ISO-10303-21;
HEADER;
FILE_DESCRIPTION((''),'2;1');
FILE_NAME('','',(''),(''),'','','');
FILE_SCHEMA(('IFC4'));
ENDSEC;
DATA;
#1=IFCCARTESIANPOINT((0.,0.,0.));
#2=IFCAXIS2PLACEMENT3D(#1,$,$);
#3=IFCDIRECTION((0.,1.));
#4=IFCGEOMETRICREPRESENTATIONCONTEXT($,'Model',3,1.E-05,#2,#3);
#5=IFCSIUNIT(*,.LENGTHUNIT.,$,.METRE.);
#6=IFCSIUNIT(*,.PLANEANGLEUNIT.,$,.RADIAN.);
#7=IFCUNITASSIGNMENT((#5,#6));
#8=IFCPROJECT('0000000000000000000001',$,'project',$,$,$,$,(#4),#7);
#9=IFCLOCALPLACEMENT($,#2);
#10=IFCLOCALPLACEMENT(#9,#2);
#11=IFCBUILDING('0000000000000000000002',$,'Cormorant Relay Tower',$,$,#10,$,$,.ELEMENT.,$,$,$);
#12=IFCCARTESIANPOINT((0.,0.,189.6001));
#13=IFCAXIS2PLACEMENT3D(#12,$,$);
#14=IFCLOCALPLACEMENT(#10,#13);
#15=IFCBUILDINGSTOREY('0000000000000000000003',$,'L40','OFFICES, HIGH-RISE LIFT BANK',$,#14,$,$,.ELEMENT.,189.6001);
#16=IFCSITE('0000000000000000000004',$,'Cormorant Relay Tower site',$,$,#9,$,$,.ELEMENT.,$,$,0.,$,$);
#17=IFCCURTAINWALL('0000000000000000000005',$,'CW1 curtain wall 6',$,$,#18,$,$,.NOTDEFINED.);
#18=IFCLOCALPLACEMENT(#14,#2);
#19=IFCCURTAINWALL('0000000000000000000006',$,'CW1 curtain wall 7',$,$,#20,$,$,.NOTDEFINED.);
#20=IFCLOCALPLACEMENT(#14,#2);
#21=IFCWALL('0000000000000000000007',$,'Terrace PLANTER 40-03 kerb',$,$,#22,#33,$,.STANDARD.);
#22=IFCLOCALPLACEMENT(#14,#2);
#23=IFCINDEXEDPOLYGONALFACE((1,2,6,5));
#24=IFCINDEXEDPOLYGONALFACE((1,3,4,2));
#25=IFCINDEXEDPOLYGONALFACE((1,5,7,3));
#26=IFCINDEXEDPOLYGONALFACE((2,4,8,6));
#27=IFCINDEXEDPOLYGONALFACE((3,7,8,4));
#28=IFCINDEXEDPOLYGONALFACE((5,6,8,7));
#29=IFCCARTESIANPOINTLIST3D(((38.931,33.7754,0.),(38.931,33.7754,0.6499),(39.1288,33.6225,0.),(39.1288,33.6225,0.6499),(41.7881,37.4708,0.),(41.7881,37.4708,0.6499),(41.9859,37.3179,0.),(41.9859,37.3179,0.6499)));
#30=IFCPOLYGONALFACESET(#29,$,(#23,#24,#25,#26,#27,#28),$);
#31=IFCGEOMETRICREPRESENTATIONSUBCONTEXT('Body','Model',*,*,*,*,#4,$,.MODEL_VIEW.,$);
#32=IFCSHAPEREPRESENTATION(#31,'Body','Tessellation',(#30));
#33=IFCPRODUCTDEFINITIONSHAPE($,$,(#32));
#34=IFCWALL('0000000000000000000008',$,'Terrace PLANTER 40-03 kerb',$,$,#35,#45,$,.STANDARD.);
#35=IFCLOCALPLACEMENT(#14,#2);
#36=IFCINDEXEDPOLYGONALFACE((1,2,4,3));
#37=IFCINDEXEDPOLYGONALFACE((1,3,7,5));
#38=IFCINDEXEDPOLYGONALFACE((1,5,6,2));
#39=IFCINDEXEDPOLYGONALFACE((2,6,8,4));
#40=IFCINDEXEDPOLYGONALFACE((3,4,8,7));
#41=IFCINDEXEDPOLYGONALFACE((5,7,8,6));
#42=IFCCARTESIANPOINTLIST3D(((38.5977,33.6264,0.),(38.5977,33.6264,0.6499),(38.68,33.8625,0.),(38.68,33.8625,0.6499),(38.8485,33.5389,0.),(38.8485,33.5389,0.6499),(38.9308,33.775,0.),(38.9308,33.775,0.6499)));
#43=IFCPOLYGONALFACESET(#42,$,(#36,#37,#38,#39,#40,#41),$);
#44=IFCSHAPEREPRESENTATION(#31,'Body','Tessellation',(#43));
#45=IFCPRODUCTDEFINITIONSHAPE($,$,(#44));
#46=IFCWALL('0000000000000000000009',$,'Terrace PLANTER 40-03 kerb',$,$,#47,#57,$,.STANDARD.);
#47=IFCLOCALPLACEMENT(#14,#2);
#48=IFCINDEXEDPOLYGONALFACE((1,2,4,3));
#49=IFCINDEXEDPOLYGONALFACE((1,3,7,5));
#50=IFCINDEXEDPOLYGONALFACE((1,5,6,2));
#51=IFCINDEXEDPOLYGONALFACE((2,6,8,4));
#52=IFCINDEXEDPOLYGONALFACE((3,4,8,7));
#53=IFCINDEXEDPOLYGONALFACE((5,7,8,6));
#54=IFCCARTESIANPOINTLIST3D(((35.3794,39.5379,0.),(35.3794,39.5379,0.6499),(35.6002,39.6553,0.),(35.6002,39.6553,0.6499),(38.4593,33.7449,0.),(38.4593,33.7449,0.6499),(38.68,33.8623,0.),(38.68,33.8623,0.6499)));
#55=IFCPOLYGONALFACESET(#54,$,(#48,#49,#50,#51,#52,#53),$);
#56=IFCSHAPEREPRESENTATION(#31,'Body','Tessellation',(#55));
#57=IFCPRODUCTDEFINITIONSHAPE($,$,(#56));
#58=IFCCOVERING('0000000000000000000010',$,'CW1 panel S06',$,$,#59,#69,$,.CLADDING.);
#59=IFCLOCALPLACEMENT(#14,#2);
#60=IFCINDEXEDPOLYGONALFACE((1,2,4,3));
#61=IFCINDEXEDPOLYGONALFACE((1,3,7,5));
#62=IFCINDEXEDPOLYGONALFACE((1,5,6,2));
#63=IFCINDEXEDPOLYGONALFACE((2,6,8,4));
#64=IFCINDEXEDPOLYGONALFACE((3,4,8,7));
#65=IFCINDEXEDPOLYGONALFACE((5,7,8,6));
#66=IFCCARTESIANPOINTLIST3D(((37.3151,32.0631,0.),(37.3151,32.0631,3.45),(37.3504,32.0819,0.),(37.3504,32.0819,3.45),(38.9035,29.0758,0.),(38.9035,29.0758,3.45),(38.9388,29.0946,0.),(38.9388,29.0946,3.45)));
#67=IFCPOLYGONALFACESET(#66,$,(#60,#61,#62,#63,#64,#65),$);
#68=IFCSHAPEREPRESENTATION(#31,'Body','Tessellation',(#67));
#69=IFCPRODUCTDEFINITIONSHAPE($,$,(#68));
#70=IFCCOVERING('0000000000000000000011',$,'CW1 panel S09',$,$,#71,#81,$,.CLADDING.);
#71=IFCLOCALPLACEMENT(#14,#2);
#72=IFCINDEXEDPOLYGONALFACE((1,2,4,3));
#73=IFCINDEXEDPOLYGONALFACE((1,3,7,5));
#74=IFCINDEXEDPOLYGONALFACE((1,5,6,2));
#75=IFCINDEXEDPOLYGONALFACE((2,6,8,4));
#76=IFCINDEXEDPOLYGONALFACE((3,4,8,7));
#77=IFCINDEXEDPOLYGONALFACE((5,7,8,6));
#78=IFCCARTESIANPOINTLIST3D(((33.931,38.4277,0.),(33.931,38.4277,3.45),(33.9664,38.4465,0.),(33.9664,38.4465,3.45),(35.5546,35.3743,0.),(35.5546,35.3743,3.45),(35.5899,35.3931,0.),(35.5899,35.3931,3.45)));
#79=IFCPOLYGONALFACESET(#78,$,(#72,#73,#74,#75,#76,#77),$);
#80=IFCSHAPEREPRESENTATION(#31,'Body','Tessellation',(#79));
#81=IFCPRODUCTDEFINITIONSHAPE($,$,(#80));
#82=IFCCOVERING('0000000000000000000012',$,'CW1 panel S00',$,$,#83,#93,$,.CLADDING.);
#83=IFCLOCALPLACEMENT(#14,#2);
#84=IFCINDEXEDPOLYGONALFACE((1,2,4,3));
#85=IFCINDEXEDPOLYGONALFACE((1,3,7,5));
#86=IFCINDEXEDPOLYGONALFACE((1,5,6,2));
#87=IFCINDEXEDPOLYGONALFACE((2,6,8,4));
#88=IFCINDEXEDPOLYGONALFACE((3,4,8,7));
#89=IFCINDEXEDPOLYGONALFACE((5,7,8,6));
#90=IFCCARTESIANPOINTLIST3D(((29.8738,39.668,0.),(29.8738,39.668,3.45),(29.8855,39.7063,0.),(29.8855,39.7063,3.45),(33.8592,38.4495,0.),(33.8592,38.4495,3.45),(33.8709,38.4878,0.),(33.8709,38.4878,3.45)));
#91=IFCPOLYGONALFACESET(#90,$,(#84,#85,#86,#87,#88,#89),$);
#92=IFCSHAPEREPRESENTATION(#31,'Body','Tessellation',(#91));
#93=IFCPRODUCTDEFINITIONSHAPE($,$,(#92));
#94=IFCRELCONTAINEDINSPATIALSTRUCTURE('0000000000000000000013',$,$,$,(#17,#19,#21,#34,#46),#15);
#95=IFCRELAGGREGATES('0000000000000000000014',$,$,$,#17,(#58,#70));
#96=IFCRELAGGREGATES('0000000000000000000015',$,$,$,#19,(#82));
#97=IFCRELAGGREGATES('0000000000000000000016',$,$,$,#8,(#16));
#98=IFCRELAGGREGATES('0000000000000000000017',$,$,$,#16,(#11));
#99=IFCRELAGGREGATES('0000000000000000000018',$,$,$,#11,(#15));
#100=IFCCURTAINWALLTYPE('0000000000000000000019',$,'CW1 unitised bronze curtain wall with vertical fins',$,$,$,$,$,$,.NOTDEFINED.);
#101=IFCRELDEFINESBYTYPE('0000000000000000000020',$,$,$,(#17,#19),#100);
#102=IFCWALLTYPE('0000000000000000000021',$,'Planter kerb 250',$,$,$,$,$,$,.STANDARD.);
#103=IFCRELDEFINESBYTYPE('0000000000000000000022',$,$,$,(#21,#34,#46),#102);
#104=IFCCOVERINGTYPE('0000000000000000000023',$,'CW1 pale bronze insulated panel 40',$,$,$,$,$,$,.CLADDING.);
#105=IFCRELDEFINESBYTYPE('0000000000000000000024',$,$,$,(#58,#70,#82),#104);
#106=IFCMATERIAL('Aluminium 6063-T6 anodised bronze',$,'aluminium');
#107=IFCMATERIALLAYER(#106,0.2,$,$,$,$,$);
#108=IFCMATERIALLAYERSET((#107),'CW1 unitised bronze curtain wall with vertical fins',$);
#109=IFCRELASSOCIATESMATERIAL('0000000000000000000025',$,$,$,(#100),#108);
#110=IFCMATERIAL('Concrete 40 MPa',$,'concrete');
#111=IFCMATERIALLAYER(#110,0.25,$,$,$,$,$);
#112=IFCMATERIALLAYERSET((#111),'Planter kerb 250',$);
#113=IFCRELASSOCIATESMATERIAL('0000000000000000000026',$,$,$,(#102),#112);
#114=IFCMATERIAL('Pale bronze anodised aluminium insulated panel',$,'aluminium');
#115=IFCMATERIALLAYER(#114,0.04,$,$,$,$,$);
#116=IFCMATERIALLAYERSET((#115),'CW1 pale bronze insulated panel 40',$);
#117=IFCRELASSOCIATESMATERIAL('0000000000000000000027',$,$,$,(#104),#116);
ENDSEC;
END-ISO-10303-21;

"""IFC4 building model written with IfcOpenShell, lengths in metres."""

from ifc_helpers import new_model, si_unit, direction, frame, frame_2d, origin, origin_2d, place, context, subcontext, project, spatial, rectangle, extrude, material, layer, layer_set, type_object, element, aggregate, save


model = new_model("IFC4")

# Units and contexts
model_context = context("Model", 3, precision=1e-05, world=origin(), true_north=direction((0.0, 1.0)))
body_context = subcontext(model_context, "Body", "Model", "MODEL_VIEW")
ifc_project = project(units=[si_unit("LENGTHUNIT", "METRE"), si_unit("PLANEANGLEUNIT", "RADIAN")], contexts=[model_context])

# Site, building, storey
site_placement = place(None, origin())
site = spatial("IfcSite", under=ifc_project, at=site_placement, Name="Cormorant Relay Tower site", CompositionType="ELEMENT", RefElevation=0.0)
building_placement = place(site_placement, origin())
building = spatial("IfcBuilding", under=site, at=building_placement, Name="Cormorant Relay Tower", CompositionType="ELEMENT")
storey_placement = place(building_placement, frame((0.0, 0.0, 189.6001)))
storey = spatial("IfcBuildingStorey", under=building, at=storey_placement, Name="L40", Description="OFFICES, HIGH-RISE LIFT BANK", CompositionType="ELEMENT", Elevation=189.6001)

# Curtain walls
ifc_material_1 = material(Name="Aluminium 6063-T6 anodised bronze", Category="aluminium")
ifc_layer_1 = layer(ifc_material_1, 0.2)
ifc_layer_set_1 = layer_set([ifc_layer_1], Name="CW1 unitised bronze curtain wall with vertical fins")
curtain_wall_type = type_object("IfcCurtainWallType", Name="CW1 unitised bronze curtain wall with vertical fins", PredefinedType="NOTDEFINED", material=ifc_layer_set_1)
curtain_wall_1_placement = place(storey_placement, origin())
curtain_wall_1 = element("IfcCurtainWall", 1, at=curtain_wall_1_placement, inside=storey, type_object=curtain_wall_type, Name="CW1 curtain wall 6", PredefinedType="NOTDEFINED")
curtain_wall_2_placement = place(storey_placement, origin())
curtain_wall_2 = element("IfcCurtainWall", 2, at=curtain_wall_2_placement, inside=storey, type_object=curtain_wall_type, Name="CW1 curtain wall 7", PredefinedType="NOTDEFINED")

# Walls
ifc_material_2 = material(Name="Concrete 40 MPa", Category="concrete")
ifc_layer_2 = layer(ifc_material_2, 0.25)
ifc_layer_set_2 = layer_set([ifc_layer_2], Name="Planter kerb 250")
wall_type_1 = type_object("IfcWallType", Name="Planter kerb 250", PredefinedType="STANDARD", material=ifc_layer_set_2)
wall_1_placement = place(storey_placement, frame((41.887, 37.3943, 0.0), z_axis=(0.0, 0.0, 1.0), x_axis=(-0.611651, -0.791128, 0.0)))
element("IfcWall", 3, at=wall_1_placement, inside=storey, type_object=wall_type_1, Name="Terrace PLANTER 40-03 kerb", PredefinedType="STANDARD", context=body_context, shape_type="SweptSolid", body=[
    extrude(rectangle(XDim=4.6711, YDim=0.25, at=frame_2d((2.3354, 0.0))), origin(), (0.0, 0.0, 1.0), 0.6499),
])
wall_2_placement = place(storey_placement, frame((38.8896, 33.657, 0.0), z_axis=(0.0, 0.0, 1.0), x_axis=(-0.944273, 0.329162, 0.0)))
element("IfcWall", 4, at=wall_2_placement, inside=storey, type_object=wall_type_1, Name="Terrace PLANTER 40-03 kerb", PredefinedType="STANDARD", context=body_context, shape_type="SweptSolid", body=[
    extrude(rectangle(XDim=0.2656, YDim=0.25, at=frame_2d((0.1328, 0.0))), origin(), (0.0, 0.0, 1.0), 0.6499),
])
wall_3_placement = place(storey_placement, frame((38.5696, 33.8037, 0.0), z_axis=(0.0, 0.0, 1.0), x_axis=(-0.469431, 0.882969, 0.0)))
element("IfcWall", 5, at=wall_3_placement, inside=storey, type_object=wall_type_1, Name="Terrace PLANTER 40-03 kerb", PredefinedType="STANDARD", context=body_context, shape_type="SweptSolid", body=[
    extrude(rectangle(XDim=6.5608, YDim=0.25, at=frame_2d((3.2803, 0.0))), origin(), (0.0, 0.0, 1.0), 0.6499),
])

# Coverings
ifc_material_3 = material(Name="Pale bronze anodised aluminium insulated panel", Category="aluminium")
ifc_layer_3 = layer(ifc_material_3, 0.04)
ifc_layer_set_3 = layer_set([ifc_layer_3], Name="CW1 pale bronze insulated panel 40")
covering_type = type_object("IfcCoveringType", Name="CW1 pale bronze insulated panel 40", PredefinedType="CLADDING", material=ifc_layer_set_3)
covering_1_placement = place(storey_placement, frame((38.127, 30.5789, 0.0), z_axis=(0.0, 0.0, 1.0), x_axis=(-0.469472, 0.882948, 0.0)))
covering_1 = element("IfcCovering", 6, at=covering_1_placement, type_object=covering_type, Name="CW1 panel S06", PredefinedType="CLADDING", context=body_context, shape_type="SweptSolid", body=[
    extrude(rectangle(XDim=3.3833, YDim=0.04, at=origin_2d()), origin(), (0.0, 0.0, 1.0), 3.45),
])
covering_2_placement = place(storey_placement, frame((34.7605, 36.9104, 0.0), z_axis=(0.0, 0.0, 1.0), x_axis=(-0.469472, 0.882948, 0.0)))
covering_2 = element("IfcCovering", 7, at=covering_2_placement, type_object=covering_type, Name="CW1 panel S09", PredefinedType="CLADDING", context=body_context, shape_type="SweptSolid", body=[
    extrude(rectangle(XDim=3.4583, YDim=0.04, at=origin_2d()), origin(), (0.0, 0.0, 1.0), 3.45),
])
aggregate(curtain_wall_1, [covering_1, covering_2])
covering_3_placement = place(storey_placement, frame((31.8723, 39.0779, 0.0), z_axis=(0.0, 0.0, 1.0), x_axis=(-0.956305, 0.292372, 0.0)))
covering_3 = element("IfcCovering", 8, at=covering_3_placement, type_object=covering_type, Name="CW1 panel S00", PredefinedType="CLADDING", context=body_context, shape_type="SweptSolid", body=[
    extrude(rectangle(XDim=4.1675, YDim=0.04, at=origin_2d()), origin(), (0.0, 0.0, 1.0), 3.45),
])
aggregate(curtain_wall_2, [covering_3])

save(model, "model.ifc")
